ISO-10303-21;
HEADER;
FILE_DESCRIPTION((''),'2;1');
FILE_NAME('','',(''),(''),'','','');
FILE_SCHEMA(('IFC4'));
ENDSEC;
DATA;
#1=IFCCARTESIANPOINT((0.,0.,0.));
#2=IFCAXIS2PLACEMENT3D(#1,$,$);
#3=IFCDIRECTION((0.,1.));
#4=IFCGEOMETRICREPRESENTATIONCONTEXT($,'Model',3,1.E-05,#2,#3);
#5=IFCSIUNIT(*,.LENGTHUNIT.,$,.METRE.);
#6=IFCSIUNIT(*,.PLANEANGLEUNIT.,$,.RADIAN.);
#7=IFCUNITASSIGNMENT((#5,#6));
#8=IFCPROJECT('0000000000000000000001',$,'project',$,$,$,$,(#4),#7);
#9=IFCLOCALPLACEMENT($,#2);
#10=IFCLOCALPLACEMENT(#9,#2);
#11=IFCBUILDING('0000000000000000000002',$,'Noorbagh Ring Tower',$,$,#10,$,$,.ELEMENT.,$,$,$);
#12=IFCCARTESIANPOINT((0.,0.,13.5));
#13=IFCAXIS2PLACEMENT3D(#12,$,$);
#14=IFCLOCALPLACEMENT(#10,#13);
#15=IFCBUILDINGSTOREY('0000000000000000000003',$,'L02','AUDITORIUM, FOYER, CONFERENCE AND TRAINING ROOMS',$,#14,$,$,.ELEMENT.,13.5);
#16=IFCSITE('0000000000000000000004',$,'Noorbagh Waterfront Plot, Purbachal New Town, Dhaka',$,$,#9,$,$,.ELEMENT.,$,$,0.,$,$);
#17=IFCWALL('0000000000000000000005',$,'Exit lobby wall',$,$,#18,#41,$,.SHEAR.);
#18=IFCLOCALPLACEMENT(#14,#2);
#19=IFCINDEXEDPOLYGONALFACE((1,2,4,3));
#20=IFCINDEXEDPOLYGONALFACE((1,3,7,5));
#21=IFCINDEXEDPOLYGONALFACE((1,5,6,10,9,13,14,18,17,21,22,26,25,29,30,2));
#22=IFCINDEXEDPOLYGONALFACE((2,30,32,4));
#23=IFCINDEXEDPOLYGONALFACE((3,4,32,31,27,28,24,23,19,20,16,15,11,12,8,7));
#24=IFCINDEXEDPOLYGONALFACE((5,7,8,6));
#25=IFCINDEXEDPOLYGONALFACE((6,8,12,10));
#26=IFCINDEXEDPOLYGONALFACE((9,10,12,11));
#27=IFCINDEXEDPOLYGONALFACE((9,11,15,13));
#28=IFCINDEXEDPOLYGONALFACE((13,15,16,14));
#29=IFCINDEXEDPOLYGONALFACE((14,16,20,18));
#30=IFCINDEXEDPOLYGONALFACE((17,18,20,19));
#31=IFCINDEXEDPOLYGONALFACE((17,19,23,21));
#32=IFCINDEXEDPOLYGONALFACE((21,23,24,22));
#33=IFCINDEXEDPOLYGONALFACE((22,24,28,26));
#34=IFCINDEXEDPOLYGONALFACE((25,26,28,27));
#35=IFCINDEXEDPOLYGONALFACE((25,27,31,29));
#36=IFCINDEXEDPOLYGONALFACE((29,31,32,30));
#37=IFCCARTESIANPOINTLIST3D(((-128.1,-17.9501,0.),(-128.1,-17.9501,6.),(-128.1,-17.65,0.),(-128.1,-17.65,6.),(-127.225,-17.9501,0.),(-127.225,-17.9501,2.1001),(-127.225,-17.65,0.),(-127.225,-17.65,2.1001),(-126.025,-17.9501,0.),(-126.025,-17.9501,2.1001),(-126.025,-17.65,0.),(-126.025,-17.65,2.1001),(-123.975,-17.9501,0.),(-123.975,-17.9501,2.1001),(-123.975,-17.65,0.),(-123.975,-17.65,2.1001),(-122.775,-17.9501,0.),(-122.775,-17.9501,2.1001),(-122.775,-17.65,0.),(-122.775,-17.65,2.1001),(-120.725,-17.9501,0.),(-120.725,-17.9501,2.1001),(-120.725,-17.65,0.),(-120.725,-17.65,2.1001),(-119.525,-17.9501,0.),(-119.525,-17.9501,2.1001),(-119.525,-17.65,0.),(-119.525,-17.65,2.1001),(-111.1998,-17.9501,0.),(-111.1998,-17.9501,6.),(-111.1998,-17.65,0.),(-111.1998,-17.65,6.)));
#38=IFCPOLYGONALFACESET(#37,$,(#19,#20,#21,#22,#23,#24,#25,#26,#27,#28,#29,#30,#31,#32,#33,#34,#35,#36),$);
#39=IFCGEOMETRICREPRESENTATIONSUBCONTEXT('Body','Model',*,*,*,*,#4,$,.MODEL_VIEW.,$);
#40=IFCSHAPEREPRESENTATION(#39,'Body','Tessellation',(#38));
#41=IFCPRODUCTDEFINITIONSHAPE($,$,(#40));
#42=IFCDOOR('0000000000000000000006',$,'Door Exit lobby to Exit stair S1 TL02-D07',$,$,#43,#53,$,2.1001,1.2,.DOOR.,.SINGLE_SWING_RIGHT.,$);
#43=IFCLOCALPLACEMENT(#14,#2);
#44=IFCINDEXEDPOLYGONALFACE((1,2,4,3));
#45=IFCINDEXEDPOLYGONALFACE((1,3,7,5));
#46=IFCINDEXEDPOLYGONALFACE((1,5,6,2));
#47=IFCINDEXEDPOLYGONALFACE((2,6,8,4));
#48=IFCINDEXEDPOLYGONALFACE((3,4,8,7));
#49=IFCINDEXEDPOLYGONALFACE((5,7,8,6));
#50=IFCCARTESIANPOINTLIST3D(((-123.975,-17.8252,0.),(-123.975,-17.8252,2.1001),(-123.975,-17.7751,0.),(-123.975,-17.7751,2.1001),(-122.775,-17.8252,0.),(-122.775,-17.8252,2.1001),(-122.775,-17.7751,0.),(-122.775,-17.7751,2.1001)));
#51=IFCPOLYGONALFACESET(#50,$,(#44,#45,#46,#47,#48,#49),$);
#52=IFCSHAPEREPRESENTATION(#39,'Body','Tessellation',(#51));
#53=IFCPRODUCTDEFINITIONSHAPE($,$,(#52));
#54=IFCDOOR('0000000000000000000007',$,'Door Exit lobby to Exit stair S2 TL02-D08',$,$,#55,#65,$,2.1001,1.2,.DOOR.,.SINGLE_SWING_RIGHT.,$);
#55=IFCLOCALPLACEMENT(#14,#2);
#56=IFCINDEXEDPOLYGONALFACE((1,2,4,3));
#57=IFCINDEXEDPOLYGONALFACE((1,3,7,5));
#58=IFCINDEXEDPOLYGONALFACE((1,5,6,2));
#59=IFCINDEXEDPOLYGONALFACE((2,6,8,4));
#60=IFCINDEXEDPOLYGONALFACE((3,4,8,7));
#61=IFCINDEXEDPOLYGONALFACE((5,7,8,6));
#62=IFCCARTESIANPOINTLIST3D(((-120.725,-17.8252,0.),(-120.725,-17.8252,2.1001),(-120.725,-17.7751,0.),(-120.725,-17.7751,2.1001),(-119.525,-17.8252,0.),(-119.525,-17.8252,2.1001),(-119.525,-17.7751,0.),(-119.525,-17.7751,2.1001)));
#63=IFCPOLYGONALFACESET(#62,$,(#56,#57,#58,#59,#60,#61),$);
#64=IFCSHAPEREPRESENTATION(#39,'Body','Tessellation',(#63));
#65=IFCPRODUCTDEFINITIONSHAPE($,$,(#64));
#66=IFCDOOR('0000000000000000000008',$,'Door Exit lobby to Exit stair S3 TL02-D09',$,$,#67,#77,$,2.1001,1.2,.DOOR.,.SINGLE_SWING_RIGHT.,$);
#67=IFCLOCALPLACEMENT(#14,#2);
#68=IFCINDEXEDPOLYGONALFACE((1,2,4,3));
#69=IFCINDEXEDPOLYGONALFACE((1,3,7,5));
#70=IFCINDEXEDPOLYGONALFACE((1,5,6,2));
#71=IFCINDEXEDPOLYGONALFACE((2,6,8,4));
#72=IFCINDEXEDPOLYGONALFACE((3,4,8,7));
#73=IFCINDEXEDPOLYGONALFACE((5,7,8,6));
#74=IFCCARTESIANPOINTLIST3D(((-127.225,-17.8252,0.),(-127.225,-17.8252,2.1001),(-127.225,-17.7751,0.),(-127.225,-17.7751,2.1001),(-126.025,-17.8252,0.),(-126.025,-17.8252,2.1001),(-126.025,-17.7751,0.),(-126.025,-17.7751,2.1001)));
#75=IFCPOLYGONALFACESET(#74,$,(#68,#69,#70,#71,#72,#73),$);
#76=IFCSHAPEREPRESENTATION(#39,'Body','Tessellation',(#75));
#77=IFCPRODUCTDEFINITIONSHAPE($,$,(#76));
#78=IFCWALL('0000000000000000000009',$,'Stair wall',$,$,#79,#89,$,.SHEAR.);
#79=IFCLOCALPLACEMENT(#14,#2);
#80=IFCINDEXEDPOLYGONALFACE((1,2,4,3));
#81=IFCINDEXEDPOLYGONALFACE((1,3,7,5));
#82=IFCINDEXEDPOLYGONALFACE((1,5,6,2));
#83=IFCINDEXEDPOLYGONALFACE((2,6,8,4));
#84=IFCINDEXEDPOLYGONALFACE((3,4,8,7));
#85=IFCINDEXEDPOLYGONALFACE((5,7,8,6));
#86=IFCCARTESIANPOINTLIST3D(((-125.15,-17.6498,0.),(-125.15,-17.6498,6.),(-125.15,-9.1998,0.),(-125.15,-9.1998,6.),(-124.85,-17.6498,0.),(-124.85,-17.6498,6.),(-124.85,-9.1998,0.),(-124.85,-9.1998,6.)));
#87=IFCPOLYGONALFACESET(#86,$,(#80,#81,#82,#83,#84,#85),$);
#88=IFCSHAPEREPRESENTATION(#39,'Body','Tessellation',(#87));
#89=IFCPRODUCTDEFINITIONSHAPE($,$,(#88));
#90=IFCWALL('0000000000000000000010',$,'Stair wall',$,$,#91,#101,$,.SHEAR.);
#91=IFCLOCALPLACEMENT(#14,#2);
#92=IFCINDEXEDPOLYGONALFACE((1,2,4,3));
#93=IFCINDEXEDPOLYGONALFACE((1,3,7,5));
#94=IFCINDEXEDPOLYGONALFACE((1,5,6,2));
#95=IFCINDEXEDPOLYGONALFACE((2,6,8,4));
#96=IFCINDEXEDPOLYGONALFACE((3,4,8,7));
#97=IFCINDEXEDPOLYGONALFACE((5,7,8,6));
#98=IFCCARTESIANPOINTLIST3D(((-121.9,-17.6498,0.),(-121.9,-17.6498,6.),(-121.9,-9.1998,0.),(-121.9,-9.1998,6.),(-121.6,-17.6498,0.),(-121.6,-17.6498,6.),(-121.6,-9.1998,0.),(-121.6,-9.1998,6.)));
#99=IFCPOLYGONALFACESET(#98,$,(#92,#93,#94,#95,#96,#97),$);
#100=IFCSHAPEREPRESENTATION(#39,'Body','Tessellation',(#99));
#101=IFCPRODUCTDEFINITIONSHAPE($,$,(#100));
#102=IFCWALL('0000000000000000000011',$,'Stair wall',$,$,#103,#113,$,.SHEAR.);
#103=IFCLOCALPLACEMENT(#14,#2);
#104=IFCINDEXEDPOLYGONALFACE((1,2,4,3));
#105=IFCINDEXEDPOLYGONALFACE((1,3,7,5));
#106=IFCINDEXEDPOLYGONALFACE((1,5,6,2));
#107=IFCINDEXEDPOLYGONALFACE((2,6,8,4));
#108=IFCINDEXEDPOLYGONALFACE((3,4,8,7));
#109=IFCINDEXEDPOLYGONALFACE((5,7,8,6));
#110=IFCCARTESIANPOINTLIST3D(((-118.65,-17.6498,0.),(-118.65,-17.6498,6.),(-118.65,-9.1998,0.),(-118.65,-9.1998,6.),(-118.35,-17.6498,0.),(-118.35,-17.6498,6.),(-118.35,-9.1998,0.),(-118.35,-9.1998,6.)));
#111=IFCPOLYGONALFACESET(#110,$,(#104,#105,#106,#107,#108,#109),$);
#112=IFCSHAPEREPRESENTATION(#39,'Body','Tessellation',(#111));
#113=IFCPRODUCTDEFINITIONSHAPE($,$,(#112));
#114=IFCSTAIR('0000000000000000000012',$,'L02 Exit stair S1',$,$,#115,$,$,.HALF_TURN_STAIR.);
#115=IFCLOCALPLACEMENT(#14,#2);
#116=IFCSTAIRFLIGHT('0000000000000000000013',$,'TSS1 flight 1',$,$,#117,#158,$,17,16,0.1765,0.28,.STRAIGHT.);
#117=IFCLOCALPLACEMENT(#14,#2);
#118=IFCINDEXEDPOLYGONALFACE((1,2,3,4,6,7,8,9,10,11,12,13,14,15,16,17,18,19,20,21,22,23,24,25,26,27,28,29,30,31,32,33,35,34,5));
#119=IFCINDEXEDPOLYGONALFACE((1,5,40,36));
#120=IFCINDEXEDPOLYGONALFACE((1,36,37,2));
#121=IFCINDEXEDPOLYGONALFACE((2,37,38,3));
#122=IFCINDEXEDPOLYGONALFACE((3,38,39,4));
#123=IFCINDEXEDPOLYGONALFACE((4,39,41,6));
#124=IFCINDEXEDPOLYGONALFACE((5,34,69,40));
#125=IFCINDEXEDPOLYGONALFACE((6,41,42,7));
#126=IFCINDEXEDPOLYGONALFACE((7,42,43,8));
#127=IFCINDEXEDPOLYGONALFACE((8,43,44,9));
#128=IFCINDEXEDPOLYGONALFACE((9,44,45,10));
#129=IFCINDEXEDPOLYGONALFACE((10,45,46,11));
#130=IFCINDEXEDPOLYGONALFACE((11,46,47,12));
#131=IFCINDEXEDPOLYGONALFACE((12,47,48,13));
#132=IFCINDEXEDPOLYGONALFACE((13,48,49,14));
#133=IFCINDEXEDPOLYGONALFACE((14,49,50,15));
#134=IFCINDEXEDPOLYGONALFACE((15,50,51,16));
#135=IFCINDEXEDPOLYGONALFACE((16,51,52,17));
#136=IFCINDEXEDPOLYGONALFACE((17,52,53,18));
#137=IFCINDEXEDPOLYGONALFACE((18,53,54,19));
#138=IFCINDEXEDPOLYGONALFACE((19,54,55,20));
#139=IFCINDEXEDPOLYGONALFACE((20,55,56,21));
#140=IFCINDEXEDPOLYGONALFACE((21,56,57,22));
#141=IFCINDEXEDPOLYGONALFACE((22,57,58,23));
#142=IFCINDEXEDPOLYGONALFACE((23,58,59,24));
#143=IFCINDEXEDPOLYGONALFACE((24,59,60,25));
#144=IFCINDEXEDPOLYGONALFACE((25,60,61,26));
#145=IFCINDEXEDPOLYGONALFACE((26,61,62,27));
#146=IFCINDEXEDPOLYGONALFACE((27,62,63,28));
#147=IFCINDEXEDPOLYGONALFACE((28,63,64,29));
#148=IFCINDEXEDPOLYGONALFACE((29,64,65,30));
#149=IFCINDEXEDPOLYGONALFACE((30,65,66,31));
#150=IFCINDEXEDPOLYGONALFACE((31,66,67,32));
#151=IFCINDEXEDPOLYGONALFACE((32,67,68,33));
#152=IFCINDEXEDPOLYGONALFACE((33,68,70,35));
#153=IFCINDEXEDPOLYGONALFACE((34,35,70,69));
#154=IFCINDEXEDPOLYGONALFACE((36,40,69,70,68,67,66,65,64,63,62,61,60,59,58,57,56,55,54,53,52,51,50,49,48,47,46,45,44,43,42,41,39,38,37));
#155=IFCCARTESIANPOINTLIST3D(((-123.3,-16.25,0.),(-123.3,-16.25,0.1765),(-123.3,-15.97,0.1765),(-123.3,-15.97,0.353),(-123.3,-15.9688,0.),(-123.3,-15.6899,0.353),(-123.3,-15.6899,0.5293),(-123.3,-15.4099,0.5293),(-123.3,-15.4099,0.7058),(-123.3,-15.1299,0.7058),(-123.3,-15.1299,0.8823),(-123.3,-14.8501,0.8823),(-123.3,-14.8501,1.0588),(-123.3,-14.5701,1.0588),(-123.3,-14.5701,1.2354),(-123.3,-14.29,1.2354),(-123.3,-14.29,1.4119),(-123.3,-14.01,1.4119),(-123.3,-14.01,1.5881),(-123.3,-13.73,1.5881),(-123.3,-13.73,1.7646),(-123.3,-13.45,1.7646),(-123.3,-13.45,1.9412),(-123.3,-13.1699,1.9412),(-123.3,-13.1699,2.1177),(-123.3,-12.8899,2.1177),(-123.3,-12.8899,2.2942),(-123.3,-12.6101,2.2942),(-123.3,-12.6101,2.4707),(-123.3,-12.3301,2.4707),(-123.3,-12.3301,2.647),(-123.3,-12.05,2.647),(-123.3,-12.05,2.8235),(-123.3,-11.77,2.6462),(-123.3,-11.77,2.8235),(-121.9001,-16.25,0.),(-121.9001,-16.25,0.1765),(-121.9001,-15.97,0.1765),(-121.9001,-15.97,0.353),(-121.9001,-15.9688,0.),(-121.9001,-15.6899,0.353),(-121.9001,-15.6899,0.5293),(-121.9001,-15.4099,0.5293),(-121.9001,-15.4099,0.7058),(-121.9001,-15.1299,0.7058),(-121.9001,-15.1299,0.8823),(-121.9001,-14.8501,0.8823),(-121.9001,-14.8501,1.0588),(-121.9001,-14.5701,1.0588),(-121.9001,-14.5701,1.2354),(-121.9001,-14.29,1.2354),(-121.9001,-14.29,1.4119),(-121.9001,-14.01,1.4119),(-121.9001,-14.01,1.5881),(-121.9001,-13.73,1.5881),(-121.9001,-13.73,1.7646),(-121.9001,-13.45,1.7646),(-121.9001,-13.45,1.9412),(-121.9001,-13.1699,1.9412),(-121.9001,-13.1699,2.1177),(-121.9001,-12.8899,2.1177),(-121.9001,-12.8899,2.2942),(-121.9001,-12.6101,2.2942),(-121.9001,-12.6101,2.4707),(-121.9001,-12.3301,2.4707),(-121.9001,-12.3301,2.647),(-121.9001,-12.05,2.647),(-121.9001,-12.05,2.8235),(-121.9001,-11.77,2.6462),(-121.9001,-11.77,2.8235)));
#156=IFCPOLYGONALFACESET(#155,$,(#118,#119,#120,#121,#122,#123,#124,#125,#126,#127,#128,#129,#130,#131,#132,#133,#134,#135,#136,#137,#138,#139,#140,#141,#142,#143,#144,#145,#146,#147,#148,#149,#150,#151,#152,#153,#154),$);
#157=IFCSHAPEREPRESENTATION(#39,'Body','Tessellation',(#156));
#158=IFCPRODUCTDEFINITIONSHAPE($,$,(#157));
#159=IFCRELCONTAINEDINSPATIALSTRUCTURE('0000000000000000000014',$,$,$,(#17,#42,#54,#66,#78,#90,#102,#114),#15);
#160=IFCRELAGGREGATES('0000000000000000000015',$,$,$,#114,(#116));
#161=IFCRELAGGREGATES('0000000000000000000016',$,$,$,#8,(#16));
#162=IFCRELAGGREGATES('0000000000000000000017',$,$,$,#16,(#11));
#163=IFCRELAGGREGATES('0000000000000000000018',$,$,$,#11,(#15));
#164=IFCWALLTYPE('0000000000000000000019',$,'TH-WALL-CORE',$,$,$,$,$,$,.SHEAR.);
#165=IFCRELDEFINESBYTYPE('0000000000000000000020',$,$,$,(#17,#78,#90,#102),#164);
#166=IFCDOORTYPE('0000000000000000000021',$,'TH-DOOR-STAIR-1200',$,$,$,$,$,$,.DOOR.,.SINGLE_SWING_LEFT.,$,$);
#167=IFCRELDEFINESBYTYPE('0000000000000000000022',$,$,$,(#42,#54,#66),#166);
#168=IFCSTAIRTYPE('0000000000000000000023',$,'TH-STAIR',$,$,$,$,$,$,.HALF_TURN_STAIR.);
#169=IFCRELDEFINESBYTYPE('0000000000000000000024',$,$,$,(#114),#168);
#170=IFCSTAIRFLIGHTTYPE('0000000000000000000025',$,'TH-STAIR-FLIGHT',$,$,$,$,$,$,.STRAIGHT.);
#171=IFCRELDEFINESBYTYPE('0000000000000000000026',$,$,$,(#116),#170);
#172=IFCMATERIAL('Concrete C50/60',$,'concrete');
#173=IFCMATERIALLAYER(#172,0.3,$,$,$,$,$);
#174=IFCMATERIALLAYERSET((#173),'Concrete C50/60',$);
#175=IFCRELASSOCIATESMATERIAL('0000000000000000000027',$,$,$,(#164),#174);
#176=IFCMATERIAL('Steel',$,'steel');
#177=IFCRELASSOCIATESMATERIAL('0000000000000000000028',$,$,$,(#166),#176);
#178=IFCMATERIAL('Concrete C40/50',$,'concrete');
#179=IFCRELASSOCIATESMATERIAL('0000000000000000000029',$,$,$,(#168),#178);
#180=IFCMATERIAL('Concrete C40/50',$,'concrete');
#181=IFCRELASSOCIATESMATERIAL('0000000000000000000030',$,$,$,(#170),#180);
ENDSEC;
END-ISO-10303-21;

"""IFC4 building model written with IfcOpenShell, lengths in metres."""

from ifc_helpers import new_model, si_unit, direction, frame, frame_2d, origin, place, context, subcontext, project, spatial, polyline, rectangle, outline, extrude, material, layer, layer_set, type_object, element, fill, aggregate, save


model = new_model("IFC4")

# Units and contexts
model_context = context("Model", 3, precision=1e-05, world=origin(), true_north=direction((0.0, 1.0)))
body_context = subcontext(model_context, "Body", "Model", "MODEL_VIEW")
ifc_project = project(units=[si_unit("LENGTHUNIT", "METRE"), si_unit("PLANEANGLEUNIT", "RADIAN")], contexts=[model_context])

# Site, building, storey
site_placement = place(None, origin())
site = spatial("IfcSite", under=ifc_project, at=site_placement, Name="Noorbagh Waterfront Plot, Purbachal New Town, Dhaka", CompositionType="ELEMENT", RefElevation=0.0)
building_placement = place(site_placement, origin())
building = spatial("IfcBuilding", under=site, at=building_placement, Name="Noorbagh Ring Tower", CompositionType="ELEMENT")
storey_placement = place(building_placement, frame((0.0, 0.0, 13.5)))
storey = spatial("IfcBuildingStorey", under=building, at=storey_placement, Name="L02", Description="AUDITORIUM, FOYER, CONFERENCE AND TRAINING ROOMS", CompositionType="ELEMENT", Elevation=13.5)

# Wall, openings, doors
ifc_material_1 = material(Name="Concrete C50/60", Category="concrete")
ifc_layer_1 = layer(ifc_material_1, 0.3)
ifc_layer_set_1 = layer_set([ifc_layer_1], Name="Concrete C50/60")
wall_type = type_object("IfcWallType", Name="TH-WALL-CORE", PredefinedType="SHEAR", material=ifc_layer_set_1)
wall_placement = place(storey_placement, frame((-128.1001, -17.8, 0.0), z_axis=(0.0, 0.0, 1.0), x_axis=(1.0, 0.0, 0.0)))
wall = element("IfcWall", 1, at=wall_placement, inside=storey, type_object=wall_type, Name="Exit lobby wall", PredefinedType="SHEAR", context=body_context, shape_type="SweptSolid", body=[
    extrude(rectangle(XDim=16.9001, YDim=0.3, at=frame_2d((8.4502, 0.0))), origin(), (0.0, 0.0, 1.0), 6.0),
])
opening_1_placement = place(wall_placement, frame((4.125, 0.0, 0.0)))
opening_1 = element("IfcOpeningElement", 2, at=opening_1_placement, cuts=wall, PredefinedType="OPENING", context=body_context, shape_type="SweptSolid", body=[
    extrude(rectangle(XDim=1.2, YDim=2.1001, at=frame_2d((0.6001, 1.05))), frame((0.0, 0.1602, 0.0), z_axis=(0.0, -1.0, 0.0), x_axis=(1.0, 0.0, 0.0)), (0.0, 0.0, 1.0), 0.3201),
])
opening_2_placement = place(wall_placement, frame((7.375, 0.0, 0.0)))
opening_2 = element("IfcOpeningElement", 3, at=opening_2_placement, cuts=wall, PredefinedType="OPENING", context=body_context, shape_type="SweptSolid", body=[
    extrude(rectangle(XDim=1.2, YDim=2.1001, at=frame_2d((0.6001, 1.05))), frame((0.0, 0.1602, 0.0), z_axis=(0.0, -1.0, 0.0), x_axis=(1.0, 0.0, 0.0)), (0.0, 0.0, 1.0), 0.3201),
])
opening_3_placement = place(wall_placement, frame((0.875, 0.0, 0.0)))
opening_3 = element("IfcOpeningElement", 4, at=opening_3_placement, cuts=wall, PredefinedType="OPENING", context=body_context, shape_type="SweptSolid", body=[
    extrude(rectangle(XDim=1.2, YDim=2.1001, at=frame_2d((0.6001, 1.05))), frame((0.0, 0.1602, 0.0), z_axis=(0.0, -1.0, 0.0), x_axis=(1.0, 0.0, 0.0)), (0.0, 0.0, 1.0), 0.3201),
])
ifc_material_2 = material(Name="Steel", Category="steel")
door_type = type_object("IfcDoorType", Name="TH-DOOR-STAIR-1200", OperationType="SINGLE_SWING_LEFT", PredefinedType="DOOR", material=ifc_material_2)
door_1_placement = place(opening_1_placement, origin())
door_1 = element("IfcDoor", 5, at=door_1_placement, inside=storey, type_object=door_type, Name="Door Exit lobby to Exit stair S1 TL02-D07", OperationType="SINGLE_SWING_RIGHT", OverallHeight=2.1001, OverallWidth=1.2, PredefinedType="DOOR", context=body_context, shape_type="SweptSolid", body=[
    extrude(rectangle(XDim=1.2, YDim=2.1001, at=frame_2d((0.6001, 1.05))), frame((0.0, 0.0249, 0.0), z_axis=(0.0, -1.0, 0.0), x_axis=(1.0, 0.0, 0.0)), (0.0, 0.0, 1.0), 0.05),
])
fill(opening_1, door_1)
door_2_placement = place(opening_2_placement, origin())
door_2 = element("IfcDoor", 6, at=door_2_placement, inside=storey, type_object=door_type, Name="Door Exit lobby to Exit stair S2 TL02-D08", OperationType="SINGLE_SWING_RIGHT", OverallHeight=2.1001, OverallWidth=1.2, PredefinedType="DOOR", context=body_context, shape_type="SweptSolid", body=[
    extrude(rectangle(XDim=1.2, YDim=2.1001, at=frame_2d((0.6001, 1.05))), frame((0.0, 0.0249, 0.0), z_axis=(0.0, -1.0, 0.0), x_axis=(1.0, 0.0, 0.0)), (0.0, 0.0, 1.0), 0.05),
])
fill(opening_2, door_2)
door_3_placement = place(opening_3_placement, origin())
door_3 = element("IfcDoor", 7, at=door_3_placement, inside=storey, type_object=door_type, Name="Door Exit lobby to Exit stair S3 TL02-D09", OperationType="SINGLE_SWING_RIGHT", OverallHeight=2.1001, OverallWidth=1.2, PredefinedType="DOOR", context=body_context, shape_type="SweptSolid", body=[
    extrude(rectangle(XDim=1.2, YDim=2.1001, at=frame_2d((0.6001, 1.05))), frame((0.0, 0.0249, 0.0), z_axis=(0.0, -1.0, 0.0), x_axis=(1.0, 0.0, 0.0)), (0.0, 0.0, 1.0), 0.05),
])
fill(opening_3, door_3)

# Walls
for number, where, z_axis, x_axis, name in (
    (8, (-125.0, -17.6499, 0.0), (0.0, 0.0, 1.0), (0.0, 1.0, 0.0), "Stair wall"),
    (9, (-121.75, -17.6499, 0.0), (0.0, 0.0, 1.0), (0.0, 1.0, 0.0), "Stair wall"),
    (10, (-118.5, -17.6499, 0.0), (0.0, 0.0, 1.0), (0.0, 1.0, 0.0), "Stair wall"),
):
    element("IfcWall", number, at=place(storey_placement, frame(where, z_axis=z_axis, x_axis=x_axis)), inside=storey, type_object=wall_type, Name=name, PredefinedType="SHEAR", context=body_context, shape_type="SweptSolid", body=[
        extrude(rectangle(XDim=8.45, YDim=0.3, at=frame_2d((4.2251, 0.0))), origin(), (0.0, 0.0, 1.0), 6.0),
    ])

# Stair, stair flight
ifc_material_3 = material(Name="Concrete C40/50", Category="concrete")
stair_type = type_object("IfcStairType", Name="TH-STAIR", PredefinedType="HALF_TURN_STAIR", material=ifc_material_3)
stair_1_placement = place(storey_placement, origin())
stair_1 = element("IfcStair", 11, at=stair_1_placement, inside=storey, type_object=stair_type, Name="L02 Exit stair S1", PredefinedType="HALF_TURN_STAIR")
ifc_material_4 = material(Name="Concrete C40/50", Category="concrete")
stair_flight_type = type_object("IfcStairFlightType", Name="TH-STAIR-FLIGHT", PredefinedType="STRAIGHT", material=ifc_material_4)
stair_flight_1_placement = place(storey_placement, frame((-122.6001, -16.25, 0.0), z_axis=(0.0, 0.0, 1.0), x_axis=(0.0, 1.0, 0.0)))
stair_flight_1 = element("IfcStairFlight", 12, at=stair_flight_1_placement, type_object=stair_flight_type, Name="TSS1 flight 1", NumberOfRisers=17, NumberOfTreads=16, PredefinedType="STRAIGHT", RiserHeight=0.1765, TreadLength=0.28, context=body_context, shape_type="SweptSolid", body=[
    extrude(outline(polyline([(0.0, 0.0), (0.0, 0.1765), (0.28, 0.1765), (0.28, 0.353), (0.5601, 0.353), (0.5601, 0.5293), (0.8401, 0.5293), (0.8401, 0.7058), (1.1201, 0.7058), (1.1201, 0.8823), (1.3999, 0.8823), (1.3999, 1.0588), (1.6799, 1.0588), (1.6799, 1.2354), (1.96, 1.2354), (1.96, 1.4119), (2.24, 1.4119), (2.24, 1.5881), (2.52, 1.5881), (2.52, 1.7646), (2.8, 1.7646), (2.8, 1.9412), (3.0801, 1.9412), (3.0801, 2.1177), (3.3601, 2.1177), (3.3601, 2.2942), (3.6399, 2.2942), (3.6399, 2.4707), (3.9199, 2.4707), (3.9199, 2.647), (4.2, 2.647), (4.2, 2.8235), (4.48, 2.8235), (4.48, 3.0), (4.48, 2.6462), (0.2812, 0.0), (0.0, 0.0)])), frame((0.0, 0.7, 0.0), z_axis=(0.0, -1.0, 0.0), x_axis=(1.0, 0.0, 0.0)), (0.0, 0.0, 1.0), 1.3999),
])
aggregate(stair_1, [stair_flight_1])

save(model, "model.ifc")
